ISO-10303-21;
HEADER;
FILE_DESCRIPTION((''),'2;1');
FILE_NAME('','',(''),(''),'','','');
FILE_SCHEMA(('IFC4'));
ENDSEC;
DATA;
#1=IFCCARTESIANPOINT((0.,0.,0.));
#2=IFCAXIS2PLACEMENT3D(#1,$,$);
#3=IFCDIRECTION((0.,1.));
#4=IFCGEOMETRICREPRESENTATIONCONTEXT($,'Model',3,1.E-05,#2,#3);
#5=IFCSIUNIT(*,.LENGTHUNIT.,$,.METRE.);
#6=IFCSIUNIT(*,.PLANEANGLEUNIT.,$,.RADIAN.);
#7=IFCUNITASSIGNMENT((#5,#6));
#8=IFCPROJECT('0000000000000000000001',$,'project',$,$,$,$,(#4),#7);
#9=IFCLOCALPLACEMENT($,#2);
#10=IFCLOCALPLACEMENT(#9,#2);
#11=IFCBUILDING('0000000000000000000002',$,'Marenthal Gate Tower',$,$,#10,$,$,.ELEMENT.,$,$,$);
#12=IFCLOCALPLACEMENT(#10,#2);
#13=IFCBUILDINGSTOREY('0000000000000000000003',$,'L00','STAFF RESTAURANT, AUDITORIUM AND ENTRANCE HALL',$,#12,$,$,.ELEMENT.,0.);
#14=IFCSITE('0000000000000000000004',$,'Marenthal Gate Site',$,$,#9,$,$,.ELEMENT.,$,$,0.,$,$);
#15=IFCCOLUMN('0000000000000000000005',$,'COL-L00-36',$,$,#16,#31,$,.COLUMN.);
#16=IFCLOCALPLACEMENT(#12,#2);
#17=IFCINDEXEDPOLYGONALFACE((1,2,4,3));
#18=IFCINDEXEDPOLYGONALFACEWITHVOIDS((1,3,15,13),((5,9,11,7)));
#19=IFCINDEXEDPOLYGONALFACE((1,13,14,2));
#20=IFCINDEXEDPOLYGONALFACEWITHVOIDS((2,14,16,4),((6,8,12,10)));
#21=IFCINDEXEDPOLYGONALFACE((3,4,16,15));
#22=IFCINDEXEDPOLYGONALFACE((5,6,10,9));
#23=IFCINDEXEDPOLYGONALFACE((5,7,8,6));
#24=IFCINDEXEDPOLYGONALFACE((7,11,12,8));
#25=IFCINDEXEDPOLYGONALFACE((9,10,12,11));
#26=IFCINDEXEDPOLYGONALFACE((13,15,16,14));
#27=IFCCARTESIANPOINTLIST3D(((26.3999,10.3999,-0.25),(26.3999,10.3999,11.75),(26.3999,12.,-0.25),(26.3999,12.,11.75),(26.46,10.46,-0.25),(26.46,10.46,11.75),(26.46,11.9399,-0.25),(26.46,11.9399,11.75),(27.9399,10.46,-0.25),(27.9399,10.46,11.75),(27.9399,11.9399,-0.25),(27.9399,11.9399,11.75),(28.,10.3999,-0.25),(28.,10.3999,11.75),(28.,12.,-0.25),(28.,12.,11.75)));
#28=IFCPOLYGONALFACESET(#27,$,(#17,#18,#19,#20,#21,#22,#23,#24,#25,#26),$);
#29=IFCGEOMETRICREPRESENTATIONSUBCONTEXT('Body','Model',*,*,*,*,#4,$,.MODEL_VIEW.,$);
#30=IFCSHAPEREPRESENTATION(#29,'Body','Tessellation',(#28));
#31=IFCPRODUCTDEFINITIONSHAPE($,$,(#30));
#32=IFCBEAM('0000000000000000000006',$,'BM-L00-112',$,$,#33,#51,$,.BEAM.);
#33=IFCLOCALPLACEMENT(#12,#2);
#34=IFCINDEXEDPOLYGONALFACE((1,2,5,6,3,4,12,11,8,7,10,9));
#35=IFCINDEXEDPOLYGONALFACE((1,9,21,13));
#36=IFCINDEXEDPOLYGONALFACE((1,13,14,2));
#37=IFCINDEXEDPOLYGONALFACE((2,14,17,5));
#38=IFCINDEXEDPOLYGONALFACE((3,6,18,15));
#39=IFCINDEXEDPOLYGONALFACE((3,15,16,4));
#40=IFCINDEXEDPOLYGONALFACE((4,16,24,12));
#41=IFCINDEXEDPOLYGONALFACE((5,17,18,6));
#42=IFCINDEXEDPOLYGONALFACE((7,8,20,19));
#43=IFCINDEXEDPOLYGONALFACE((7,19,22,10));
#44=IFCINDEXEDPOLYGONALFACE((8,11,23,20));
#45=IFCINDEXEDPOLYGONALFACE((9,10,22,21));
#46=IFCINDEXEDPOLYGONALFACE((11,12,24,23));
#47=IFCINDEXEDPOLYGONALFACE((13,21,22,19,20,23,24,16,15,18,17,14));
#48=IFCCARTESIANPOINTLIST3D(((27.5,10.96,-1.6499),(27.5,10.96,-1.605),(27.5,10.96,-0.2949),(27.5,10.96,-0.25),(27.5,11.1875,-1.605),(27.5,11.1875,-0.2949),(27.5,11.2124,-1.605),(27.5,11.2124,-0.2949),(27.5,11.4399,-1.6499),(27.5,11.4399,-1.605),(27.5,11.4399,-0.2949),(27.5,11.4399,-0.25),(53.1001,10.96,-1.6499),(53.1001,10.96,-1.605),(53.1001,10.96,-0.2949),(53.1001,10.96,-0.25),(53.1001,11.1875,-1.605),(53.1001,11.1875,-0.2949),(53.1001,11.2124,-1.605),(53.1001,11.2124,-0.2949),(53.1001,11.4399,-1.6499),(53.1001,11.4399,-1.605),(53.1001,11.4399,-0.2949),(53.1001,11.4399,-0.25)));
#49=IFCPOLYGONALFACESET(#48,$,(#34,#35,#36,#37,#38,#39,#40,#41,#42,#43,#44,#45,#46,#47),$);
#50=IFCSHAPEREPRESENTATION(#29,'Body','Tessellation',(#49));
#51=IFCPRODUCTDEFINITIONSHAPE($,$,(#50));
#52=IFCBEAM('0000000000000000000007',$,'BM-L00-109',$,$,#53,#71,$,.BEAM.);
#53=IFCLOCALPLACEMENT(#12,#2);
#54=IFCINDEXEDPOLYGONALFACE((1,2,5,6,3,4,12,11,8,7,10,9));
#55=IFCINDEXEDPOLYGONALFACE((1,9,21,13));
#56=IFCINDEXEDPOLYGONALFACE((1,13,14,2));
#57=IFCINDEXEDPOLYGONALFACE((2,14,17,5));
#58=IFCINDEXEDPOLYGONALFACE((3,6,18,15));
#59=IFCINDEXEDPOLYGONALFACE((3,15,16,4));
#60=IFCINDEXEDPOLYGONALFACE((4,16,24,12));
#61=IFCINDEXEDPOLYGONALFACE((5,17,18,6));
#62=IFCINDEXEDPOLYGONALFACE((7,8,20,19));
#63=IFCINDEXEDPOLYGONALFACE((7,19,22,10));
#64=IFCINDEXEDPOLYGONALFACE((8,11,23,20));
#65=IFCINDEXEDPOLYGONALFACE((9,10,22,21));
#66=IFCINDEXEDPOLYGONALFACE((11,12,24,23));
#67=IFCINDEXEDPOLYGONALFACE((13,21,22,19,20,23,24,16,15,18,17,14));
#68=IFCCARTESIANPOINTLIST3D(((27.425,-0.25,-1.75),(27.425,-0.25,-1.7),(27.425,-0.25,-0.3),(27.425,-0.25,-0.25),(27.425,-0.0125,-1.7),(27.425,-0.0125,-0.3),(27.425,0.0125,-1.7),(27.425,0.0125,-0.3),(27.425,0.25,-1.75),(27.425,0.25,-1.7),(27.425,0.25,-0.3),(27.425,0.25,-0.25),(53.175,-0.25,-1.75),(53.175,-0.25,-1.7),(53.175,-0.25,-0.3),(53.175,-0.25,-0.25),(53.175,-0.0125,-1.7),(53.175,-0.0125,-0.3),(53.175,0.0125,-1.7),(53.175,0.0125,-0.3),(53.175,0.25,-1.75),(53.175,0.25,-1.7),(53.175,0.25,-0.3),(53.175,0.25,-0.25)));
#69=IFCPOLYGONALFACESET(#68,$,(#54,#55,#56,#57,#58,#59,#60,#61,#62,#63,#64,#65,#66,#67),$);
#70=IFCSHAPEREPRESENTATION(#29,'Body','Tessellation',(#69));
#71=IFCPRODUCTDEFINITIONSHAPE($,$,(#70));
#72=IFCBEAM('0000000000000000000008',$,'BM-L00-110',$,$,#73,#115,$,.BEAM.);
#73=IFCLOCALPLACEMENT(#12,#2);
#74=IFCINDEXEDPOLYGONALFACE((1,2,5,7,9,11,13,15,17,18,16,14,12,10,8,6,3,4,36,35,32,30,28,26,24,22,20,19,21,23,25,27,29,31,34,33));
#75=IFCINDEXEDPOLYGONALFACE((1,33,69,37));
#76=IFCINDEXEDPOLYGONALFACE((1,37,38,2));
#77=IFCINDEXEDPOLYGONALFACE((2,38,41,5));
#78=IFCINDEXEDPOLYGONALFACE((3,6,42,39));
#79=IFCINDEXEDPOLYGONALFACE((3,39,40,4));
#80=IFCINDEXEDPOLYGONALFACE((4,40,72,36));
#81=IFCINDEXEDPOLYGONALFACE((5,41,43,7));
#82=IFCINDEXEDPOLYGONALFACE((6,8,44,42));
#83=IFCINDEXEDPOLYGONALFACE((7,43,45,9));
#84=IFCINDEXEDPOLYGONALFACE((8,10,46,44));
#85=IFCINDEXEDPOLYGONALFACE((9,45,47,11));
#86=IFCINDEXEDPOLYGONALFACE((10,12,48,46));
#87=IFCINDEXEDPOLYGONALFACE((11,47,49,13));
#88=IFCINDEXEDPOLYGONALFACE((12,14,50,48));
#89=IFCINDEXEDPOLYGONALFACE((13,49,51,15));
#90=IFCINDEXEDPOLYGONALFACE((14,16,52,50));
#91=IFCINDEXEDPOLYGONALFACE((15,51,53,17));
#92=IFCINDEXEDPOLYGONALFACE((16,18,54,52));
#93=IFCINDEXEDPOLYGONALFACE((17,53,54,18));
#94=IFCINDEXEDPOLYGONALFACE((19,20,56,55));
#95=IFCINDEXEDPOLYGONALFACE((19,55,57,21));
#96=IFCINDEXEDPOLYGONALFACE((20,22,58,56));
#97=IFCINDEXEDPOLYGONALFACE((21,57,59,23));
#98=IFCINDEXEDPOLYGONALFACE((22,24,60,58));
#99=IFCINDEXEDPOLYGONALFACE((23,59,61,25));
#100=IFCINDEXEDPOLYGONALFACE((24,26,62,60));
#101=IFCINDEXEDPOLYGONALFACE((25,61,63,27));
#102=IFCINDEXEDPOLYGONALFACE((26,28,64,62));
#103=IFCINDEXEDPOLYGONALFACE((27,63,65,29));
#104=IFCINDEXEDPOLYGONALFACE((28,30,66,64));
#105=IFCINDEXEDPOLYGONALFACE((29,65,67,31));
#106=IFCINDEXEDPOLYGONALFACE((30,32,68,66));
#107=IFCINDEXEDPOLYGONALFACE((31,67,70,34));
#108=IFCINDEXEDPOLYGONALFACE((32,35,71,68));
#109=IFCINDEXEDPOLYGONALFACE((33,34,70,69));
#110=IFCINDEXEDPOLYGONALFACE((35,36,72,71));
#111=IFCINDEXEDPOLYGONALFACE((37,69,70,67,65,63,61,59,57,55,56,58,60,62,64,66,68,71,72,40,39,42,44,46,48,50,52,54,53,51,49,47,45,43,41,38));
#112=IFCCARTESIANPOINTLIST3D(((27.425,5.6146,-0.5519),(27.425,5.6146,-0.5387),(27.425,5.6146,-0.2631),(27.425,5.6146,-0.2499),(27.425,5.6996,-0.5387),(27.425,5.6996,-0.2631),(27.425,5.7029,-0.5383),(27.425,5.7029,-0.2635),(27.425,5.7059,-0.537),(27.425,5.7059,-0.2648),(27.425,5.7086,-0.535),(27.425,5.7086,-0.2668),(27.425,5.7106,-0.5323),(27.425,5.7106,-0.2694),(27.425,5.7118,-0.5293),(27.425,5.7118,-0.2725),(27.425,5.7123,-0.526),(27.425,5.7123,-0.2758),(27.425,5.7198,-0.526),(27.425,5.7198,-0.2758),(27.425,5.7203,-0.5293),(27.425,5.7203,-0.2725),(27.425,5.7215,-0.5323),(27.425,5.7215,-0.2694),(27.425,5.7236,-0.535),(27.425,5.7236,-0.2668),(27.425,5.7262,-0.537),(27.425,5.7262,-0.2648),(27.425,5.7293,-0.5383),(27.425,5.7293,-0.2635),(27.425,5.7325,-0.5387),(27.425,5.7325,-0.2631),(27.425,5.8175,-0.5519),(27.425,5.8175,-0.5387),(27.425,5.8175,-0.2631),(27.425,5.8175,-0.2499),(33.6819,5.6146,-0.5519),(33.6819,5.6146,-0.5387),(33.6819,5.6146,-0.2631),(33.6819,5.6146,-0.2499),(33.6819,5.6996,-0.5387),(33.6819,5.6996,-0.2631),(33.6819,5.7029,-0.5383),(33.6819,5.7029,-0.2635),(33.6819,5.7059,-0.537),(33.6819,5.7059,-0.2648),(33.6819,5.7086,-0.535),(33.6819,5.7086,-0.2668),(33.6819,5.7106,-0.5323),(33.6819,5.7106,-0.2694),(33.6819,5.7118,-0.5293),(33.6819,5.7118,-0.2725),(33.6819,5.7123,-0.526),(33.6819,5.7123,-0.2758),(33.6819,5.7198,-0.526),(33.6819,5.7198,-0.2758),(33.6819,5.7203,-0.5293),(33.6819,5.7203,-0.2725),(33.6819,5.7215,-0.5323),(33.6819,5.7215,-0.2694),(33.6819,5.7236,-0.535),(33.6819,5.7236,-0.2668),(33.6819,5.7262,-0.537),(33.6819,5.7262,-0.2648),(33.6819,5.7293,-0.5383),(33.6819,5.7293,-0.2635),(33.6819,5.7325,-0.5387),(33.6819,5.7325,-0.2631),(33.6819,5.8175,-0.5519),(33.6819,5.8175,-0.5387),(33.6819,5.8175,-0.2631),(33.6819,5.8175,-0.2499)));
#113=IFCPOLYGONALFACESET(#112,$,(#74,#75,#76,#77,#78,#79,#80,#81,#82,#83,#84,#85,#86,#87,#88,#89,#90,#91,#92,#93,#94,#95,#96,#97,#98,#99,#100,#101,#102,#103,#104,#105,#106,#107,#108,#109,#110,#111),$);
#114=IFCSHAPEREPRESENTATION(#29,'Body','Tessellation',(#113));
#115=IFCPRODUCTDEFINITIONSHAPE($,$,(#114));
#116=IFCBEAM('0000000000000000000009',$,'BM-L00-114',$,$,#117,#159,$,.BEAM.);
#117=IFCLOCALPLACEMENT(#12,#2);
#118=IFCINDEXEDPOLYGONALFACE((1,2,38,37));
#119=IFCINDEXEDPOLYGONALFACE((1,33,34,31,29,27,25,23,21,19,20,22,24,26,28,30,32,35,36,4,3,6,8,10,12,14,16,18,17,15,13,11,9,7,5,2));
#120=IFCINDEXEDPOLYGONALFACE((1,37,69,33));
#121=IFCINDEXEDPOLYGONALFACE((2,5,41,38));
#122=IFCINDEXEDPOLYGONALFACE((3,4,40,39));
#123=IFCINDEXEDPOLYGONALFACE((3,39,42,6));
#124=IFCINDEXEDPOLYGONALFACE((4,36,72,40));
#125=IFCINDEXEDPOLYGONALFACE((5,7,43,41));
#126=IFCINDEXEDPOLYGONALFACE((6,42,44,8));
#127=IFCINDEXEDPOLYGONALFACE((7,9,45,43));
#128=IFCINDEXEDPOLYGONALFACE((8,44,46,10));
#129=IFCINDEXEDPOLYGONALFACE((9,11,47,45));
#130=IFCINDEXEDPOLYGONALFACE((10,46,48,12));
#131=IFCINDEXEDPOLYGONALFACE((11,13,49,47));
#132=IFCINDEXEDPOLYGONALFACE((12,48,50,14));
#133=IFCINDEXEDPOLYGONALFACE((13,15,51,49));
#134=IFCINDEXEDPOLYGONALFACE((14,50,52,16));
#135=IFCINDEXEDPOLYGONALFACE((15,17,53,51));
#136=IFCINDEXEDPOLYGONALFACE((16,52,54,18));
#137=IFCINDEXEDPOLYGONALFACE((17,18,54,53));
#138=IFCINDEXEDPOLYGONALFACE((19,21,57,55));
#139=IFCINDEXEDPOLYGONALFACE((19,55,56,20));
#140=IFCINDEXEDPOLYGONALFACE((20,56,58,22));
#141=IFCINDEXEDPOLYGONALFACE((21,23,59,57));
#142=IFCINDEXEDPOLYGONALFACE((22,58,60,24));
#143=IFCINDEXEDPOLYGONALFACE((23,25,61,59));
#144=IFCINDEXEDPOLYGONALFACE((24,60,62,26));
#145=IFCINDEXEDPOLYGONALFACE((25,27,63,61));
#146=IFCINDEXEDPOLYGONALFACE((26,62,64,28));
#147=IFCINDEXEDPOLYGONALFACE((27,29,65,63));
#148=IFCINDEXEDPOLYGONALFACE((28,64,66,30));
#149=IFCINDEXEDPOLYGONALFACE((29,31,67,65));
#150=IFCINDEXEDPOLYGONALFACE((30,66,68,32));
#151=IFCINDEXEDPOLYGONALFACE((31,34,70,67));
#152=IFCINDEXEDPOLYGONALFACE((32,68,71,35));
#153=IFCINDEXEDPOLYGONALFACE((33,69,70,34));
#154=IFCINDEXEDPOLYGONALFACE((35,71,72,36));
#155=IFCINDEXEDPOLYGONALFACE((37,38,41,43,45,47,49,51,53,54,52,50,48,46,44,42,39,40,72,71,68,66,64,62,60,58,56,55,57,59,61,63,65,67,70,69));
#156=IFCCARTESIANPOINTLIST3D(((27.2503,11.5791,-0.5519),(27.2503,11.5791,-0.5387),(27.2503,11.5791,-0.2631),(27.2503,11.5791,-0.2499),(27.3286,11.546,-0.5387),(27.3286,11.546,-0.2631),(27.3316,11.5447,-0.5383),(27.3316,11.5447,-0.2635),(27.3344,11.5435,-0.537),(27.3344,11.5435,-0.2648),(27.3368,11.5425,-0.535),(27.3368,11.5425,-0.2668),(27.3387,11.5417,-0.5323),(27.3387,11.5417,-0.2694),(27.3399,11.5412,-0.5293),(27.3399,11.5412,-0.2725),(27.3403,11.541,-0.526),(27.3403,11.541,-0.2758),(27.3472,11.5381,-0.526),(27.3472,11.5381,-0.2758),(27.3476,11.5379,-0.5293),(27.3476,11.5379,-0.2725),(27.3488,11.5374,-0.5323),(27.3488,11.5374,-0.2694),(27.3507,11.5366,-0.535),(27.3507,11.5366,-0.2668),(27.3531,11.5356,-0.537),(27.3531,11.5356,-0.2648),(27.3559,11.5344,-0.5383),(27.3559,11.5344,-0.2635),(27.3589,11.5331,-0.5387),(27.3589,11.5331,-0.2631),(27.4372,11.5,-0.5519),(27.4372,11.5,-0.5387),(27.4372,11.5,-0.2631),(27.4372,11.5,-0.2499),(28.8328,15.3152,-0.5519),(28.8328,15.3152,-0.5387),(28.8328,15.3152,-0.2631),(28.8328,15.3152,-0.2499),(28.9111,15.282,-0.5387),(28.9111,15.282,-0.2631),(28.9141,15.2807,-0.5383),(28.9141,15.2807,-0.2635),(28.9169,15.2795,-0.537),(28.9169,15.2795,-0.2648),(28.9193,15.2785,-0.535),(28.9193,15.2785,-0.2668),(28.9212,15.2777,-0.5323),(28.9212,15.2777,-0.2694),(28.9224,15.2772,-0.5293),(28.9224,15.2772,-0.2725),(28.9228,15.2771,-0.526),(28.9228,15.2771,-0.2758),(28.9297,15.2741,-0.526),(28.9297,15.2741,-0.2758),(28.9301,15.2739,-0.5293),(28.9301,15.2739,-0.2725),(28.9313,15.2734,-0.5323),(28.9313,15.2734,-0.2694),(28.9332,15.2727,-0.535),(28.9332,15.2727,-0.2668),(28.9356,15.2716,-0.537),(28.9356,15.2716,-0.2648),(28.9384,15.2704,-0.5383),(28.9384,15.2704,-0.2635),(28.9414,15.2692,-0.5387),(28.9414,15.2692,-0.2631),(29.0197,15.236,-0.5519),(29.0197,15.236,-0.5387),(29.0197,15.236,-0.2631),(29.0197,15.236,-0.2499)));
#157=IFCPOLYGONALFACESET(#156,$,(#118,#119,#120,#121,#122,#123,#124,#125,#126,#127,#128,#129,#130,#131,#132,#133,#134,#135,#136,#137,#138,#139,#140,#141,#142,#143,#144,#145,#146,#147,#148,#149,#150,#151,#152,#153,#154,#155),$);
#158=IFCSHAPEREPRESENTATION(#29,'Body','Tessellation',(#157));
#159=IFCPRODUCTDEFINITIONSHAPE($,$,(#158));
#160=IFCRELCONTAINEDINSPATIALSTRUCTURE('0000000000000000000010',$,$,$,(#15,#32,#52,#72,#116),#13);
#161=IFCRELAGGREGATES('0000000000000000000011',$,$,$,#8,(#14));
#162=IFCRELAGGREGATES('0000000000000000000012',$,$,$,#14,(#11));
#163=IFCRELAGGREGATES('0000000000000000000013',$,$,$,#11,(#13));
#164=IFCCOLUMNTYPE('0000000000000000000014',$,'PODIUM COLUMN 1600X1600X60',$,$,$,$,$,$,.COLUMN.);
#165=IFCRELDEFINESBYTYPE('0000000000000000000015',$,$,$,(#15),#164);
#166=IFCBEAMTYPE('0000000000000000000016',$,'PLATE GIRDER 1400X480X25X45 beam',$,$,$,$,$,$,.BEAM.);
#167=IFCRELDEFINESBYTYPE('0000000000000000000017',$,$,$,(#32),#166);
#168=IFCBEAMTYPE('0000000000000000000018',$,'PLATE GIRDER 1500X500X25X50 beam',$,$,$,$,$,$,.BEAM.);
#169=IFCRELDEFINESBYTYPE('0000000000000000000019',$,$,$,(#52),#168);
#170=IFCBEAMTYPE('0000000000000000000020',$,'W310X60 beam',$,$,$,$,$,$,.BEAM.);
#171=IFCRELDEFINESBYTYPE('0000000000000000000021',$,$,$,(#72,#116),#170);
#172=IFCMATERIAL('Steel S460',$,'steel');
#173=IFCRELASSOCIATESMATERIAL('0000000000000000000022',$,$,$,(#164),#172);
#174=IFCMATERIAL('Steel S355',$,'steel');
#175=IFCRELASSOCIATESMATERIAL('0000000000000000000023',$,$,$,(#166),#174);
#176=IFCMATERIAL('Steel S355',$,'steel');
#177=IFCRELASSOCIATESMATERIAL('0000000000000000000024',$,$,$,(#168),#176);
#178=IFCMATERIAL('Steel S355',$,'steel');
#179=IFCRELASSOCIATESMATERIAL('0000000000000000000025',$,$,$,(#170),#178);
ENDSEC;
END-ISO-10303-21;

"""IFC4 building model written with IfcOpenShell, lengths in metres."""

from ifc_helpers import new_model, si_unit, direction, frame, origin, origin_2d, place, context, subcontext, project, spatial, rectangle, hollow_rectangle, i_section, extrude, material, material_profile, profile_set, type_object, element, save


model = new_model("IFC4")

# Units and contexts
model_context = context("Model", 3, precision=1e-05, world=origin(), true_north=direction((0.0, 1.0)))
body_context = subcontext(model_context, "Body", "Model", "MODEL_VIEW")
ifc_project = project(units=[si_unit("LENGTHUNIT", "METRE"), si_unit("PLANEANGLEUNIT", "RADIAN")], contexts=[model_context])

# Site, building, storey
site_placement = place(None, origin())
site = spatial("IfcSite", under=ifc_project, at=site_placement, Name="Marenthal Gate Site", CompositionType="ELEMENT", RefElevation=0.0)
building_placement = place(site_placement, origin())
building = spatial("IfcBuilding", under=site, at=building_placement, Name="Marenthal Gate Tower", CompositionType="ELEMENT")
storey_placement = place(building_placement, origin())
storey = spatial("IfcBuildingStorey", under=building, at=storey_placement, Name="L00", Description="STAFF RESTAURANT, AUDITORIUM AND ENTRANCE HALL", CompositionType="ELEMENT", Elevation=0.0)

# Column
ifc_material_1 = material(Name="Steel S460", Category="steel")
ifc_material_profile_1 = material_profile(ifc_material_1, hollow_rectangle(XDim=1.6001, YDim=1.6001, WallThickness=0.0601, at=origin_2d()), Name="CFT BOX 1600X1600X60")
ifc_material_2 = material(Name="Concrete 70 MPa", Category="concrete")
ifc_material_profile_2 = material_profile(ifc_material_2, rectangle(XDim=1.48, YDim=1.48, at=origin_2d()), Name="CFT BOX 1600X1600X60 INFILL")
ifc_profile_set_1 = profile_set([ifc_material_profile_1, ifc_material_profile_2], Name="Steel S460 shell, Concrete 70 MPa infill")
column_type = type_object("IfcColumnType", Name="PODIUM COLUMN 1600X1600X60", PredefinedType="COLUMN", material=ifc_profile_set_1)
column_placement = place(storey_placement, frame((27.2, 11.2, -0.25), z_axis=(0.0, 0.0, 1.0), x_axis=(1.0, 0.0, 0.0)))
element("IfcColumn", 1, at=column_placement, inside=storey, type_object=column_type, Name="COL-L00-36", PredefinedType="COLUMN", context=body_context, shape_type="SweptSolid", body=[
    extrude(hollow_rectangle(XDim=1.6001, YDim=1.6001, WallThickness=0.0601, at=origin_2d()), origin(), (0.0, 0.0, 1.0), 12.0),
])

# Beams
ifc_material_3 = material(Name="Steel S355", Category="steel")
ifc_material_profile_3 = material_profile(ifc_material_3, i_section(OverallWidth=0.48, OverallDepth=1.3999, WebThickness=0.0249, FlangeThickness=0.0449, at=origin_2d()), Name="PLATE GIRDER 1400X480X25X45")
ifc_profile_set_2 = profile_set([ifc_material_profile_3], Name="Steel S355")
beam_type_1 = type_object("IfcBeamType", Name="PLATE GIRDER 1400X480X25X45 beam", PredefinedType="BEAM", material=ifc_profile_set_2)
beam_1_placement = place(storey_placement, frame((27.5, 11.2, -0.95), z_axis=(1.0, 0.0, 0.0), x_axis=(0.0, 1.0, 0.0)))
element("IfcBeam", 2, at=beam_1_placement, inside=storey, type_object=beam_type_1, Name="BM-L00-112", PredefinedType="BEAM", context=body_context, shape_type="SweptSolid", body=[
    extrude(i_section(OverallWidth=0.48, OverallDepth=1.3999, WebThickness=0.0249, FlangeThickness=0.0449, at=origin_2d()), origin(), (0.0, 0.0, 1.0), 25.6001),
])
ifc_material_4 = material(Name="Steel S355", Category="steel")
ifc_material_profile_4 = material_profile(ifc_material_4, i_section(OverallWidth=0.5, OverallDepth=1.5, WebThickness=0.0249, FlangeThickness=0.05, at=origin_2d()), Name="PLATE GIRDER 1500X500X25X50")
ifc_profile_set_3 = profile_set([ifc_material_profile_4], Name="Steel S355")
beam_type_2 = type_object("IfcBeamType", Name="PLATE GIRDER 1500X500X25X50 beam", PredefinedType="BEAM", material=ifc_profile_set_3)
beam_2_placement = place(storey_placement, frame((27.425, 0.0, -1.0), z_axis=(1.0, 0.0, 0.0), x_axis=(0.0, 1.0, 0.0)))
element("IfcBeam", 3, at=beam_2_placement, inside=storey, type_object=beam_type_2, Name="BM-L00-109", PredefinedType="BEAM", context=body_context, shape_type="SweptSolid", body=[
    extrude(i_section(OverallWidth=0.5, OverallDepth=1.5, WebThickness=0.0249, FlangeThickness=0.05, at=origin_2d()), origin(), (0.0, 0.0, 1.0), 25.75),
])
ifc_material_5 = material(Name="Steel S355", Category="steel")
ifc_material_profile_5 = material_profile(ifc_material_5, i_section(OverallWidth=0.2029, OverallDepth=0.302, WebThickness=0.0076, FlangeThickness=0.0132, FilletRadius=0.0127, at=origin_2d()), Name="W310X60")
ifc_profile_set_4 = profile_set([ifc_material_profile_5], Name="Steel S355")
beam_type_3 = type_object("IfcBeamType", Name="W310X60 beam", PredefinedType="BEAM", material=ifc_profile_set_4)
beam_3_placement = place(storey_placement, frame((27.425, 5.7161, -0.4009), z_axis=(1.0, 0.0, 0.0), x_axis=(0.0, 1.0, 0.0)))
element("IfcBeam", 4, at=beam_3_placement, inside=storey, type_object=beam_type_3, Name="BM-L00-110", PredefinedType="BEAM", context=body_context, shape_type="SweptSolid", body=[
    extrude(i_section(OverallWidth=0.2029, OverallDepth=0.302, WebThickness=0.0076, FlangeThickness=0.0132, FilletRadius=0.0127, at=origin_2d()), origin(), (0.0, 0.0, 1.0), 6.2568),
])
beam_4_placement = place(storey_placement, frame((27.3438, 11.5396, -0.4009), z_axis=(0.390031, 0.920802, 0.0), x_axis=(-0.920802, 0.390031, 0.0)))
element("IfcBeam", 5, at=beam_4_placement, inside=storey, type_object=beam_type_3, Name="BM-L00-114", PredefinedType="BEAM", context=body_context, shape_type="SweptSolid", body=[
    extrude(i_section(OverallWidth=0.2029, OverallDepth=0.302, WebThickness=0.0076, FlangeThickness=0.0132, FilletRadius=0.0127, at=origin_2d()), origin(), (0.0, 0.0, 1.0), 4.0574),
])

save(model, "model.ifc")
